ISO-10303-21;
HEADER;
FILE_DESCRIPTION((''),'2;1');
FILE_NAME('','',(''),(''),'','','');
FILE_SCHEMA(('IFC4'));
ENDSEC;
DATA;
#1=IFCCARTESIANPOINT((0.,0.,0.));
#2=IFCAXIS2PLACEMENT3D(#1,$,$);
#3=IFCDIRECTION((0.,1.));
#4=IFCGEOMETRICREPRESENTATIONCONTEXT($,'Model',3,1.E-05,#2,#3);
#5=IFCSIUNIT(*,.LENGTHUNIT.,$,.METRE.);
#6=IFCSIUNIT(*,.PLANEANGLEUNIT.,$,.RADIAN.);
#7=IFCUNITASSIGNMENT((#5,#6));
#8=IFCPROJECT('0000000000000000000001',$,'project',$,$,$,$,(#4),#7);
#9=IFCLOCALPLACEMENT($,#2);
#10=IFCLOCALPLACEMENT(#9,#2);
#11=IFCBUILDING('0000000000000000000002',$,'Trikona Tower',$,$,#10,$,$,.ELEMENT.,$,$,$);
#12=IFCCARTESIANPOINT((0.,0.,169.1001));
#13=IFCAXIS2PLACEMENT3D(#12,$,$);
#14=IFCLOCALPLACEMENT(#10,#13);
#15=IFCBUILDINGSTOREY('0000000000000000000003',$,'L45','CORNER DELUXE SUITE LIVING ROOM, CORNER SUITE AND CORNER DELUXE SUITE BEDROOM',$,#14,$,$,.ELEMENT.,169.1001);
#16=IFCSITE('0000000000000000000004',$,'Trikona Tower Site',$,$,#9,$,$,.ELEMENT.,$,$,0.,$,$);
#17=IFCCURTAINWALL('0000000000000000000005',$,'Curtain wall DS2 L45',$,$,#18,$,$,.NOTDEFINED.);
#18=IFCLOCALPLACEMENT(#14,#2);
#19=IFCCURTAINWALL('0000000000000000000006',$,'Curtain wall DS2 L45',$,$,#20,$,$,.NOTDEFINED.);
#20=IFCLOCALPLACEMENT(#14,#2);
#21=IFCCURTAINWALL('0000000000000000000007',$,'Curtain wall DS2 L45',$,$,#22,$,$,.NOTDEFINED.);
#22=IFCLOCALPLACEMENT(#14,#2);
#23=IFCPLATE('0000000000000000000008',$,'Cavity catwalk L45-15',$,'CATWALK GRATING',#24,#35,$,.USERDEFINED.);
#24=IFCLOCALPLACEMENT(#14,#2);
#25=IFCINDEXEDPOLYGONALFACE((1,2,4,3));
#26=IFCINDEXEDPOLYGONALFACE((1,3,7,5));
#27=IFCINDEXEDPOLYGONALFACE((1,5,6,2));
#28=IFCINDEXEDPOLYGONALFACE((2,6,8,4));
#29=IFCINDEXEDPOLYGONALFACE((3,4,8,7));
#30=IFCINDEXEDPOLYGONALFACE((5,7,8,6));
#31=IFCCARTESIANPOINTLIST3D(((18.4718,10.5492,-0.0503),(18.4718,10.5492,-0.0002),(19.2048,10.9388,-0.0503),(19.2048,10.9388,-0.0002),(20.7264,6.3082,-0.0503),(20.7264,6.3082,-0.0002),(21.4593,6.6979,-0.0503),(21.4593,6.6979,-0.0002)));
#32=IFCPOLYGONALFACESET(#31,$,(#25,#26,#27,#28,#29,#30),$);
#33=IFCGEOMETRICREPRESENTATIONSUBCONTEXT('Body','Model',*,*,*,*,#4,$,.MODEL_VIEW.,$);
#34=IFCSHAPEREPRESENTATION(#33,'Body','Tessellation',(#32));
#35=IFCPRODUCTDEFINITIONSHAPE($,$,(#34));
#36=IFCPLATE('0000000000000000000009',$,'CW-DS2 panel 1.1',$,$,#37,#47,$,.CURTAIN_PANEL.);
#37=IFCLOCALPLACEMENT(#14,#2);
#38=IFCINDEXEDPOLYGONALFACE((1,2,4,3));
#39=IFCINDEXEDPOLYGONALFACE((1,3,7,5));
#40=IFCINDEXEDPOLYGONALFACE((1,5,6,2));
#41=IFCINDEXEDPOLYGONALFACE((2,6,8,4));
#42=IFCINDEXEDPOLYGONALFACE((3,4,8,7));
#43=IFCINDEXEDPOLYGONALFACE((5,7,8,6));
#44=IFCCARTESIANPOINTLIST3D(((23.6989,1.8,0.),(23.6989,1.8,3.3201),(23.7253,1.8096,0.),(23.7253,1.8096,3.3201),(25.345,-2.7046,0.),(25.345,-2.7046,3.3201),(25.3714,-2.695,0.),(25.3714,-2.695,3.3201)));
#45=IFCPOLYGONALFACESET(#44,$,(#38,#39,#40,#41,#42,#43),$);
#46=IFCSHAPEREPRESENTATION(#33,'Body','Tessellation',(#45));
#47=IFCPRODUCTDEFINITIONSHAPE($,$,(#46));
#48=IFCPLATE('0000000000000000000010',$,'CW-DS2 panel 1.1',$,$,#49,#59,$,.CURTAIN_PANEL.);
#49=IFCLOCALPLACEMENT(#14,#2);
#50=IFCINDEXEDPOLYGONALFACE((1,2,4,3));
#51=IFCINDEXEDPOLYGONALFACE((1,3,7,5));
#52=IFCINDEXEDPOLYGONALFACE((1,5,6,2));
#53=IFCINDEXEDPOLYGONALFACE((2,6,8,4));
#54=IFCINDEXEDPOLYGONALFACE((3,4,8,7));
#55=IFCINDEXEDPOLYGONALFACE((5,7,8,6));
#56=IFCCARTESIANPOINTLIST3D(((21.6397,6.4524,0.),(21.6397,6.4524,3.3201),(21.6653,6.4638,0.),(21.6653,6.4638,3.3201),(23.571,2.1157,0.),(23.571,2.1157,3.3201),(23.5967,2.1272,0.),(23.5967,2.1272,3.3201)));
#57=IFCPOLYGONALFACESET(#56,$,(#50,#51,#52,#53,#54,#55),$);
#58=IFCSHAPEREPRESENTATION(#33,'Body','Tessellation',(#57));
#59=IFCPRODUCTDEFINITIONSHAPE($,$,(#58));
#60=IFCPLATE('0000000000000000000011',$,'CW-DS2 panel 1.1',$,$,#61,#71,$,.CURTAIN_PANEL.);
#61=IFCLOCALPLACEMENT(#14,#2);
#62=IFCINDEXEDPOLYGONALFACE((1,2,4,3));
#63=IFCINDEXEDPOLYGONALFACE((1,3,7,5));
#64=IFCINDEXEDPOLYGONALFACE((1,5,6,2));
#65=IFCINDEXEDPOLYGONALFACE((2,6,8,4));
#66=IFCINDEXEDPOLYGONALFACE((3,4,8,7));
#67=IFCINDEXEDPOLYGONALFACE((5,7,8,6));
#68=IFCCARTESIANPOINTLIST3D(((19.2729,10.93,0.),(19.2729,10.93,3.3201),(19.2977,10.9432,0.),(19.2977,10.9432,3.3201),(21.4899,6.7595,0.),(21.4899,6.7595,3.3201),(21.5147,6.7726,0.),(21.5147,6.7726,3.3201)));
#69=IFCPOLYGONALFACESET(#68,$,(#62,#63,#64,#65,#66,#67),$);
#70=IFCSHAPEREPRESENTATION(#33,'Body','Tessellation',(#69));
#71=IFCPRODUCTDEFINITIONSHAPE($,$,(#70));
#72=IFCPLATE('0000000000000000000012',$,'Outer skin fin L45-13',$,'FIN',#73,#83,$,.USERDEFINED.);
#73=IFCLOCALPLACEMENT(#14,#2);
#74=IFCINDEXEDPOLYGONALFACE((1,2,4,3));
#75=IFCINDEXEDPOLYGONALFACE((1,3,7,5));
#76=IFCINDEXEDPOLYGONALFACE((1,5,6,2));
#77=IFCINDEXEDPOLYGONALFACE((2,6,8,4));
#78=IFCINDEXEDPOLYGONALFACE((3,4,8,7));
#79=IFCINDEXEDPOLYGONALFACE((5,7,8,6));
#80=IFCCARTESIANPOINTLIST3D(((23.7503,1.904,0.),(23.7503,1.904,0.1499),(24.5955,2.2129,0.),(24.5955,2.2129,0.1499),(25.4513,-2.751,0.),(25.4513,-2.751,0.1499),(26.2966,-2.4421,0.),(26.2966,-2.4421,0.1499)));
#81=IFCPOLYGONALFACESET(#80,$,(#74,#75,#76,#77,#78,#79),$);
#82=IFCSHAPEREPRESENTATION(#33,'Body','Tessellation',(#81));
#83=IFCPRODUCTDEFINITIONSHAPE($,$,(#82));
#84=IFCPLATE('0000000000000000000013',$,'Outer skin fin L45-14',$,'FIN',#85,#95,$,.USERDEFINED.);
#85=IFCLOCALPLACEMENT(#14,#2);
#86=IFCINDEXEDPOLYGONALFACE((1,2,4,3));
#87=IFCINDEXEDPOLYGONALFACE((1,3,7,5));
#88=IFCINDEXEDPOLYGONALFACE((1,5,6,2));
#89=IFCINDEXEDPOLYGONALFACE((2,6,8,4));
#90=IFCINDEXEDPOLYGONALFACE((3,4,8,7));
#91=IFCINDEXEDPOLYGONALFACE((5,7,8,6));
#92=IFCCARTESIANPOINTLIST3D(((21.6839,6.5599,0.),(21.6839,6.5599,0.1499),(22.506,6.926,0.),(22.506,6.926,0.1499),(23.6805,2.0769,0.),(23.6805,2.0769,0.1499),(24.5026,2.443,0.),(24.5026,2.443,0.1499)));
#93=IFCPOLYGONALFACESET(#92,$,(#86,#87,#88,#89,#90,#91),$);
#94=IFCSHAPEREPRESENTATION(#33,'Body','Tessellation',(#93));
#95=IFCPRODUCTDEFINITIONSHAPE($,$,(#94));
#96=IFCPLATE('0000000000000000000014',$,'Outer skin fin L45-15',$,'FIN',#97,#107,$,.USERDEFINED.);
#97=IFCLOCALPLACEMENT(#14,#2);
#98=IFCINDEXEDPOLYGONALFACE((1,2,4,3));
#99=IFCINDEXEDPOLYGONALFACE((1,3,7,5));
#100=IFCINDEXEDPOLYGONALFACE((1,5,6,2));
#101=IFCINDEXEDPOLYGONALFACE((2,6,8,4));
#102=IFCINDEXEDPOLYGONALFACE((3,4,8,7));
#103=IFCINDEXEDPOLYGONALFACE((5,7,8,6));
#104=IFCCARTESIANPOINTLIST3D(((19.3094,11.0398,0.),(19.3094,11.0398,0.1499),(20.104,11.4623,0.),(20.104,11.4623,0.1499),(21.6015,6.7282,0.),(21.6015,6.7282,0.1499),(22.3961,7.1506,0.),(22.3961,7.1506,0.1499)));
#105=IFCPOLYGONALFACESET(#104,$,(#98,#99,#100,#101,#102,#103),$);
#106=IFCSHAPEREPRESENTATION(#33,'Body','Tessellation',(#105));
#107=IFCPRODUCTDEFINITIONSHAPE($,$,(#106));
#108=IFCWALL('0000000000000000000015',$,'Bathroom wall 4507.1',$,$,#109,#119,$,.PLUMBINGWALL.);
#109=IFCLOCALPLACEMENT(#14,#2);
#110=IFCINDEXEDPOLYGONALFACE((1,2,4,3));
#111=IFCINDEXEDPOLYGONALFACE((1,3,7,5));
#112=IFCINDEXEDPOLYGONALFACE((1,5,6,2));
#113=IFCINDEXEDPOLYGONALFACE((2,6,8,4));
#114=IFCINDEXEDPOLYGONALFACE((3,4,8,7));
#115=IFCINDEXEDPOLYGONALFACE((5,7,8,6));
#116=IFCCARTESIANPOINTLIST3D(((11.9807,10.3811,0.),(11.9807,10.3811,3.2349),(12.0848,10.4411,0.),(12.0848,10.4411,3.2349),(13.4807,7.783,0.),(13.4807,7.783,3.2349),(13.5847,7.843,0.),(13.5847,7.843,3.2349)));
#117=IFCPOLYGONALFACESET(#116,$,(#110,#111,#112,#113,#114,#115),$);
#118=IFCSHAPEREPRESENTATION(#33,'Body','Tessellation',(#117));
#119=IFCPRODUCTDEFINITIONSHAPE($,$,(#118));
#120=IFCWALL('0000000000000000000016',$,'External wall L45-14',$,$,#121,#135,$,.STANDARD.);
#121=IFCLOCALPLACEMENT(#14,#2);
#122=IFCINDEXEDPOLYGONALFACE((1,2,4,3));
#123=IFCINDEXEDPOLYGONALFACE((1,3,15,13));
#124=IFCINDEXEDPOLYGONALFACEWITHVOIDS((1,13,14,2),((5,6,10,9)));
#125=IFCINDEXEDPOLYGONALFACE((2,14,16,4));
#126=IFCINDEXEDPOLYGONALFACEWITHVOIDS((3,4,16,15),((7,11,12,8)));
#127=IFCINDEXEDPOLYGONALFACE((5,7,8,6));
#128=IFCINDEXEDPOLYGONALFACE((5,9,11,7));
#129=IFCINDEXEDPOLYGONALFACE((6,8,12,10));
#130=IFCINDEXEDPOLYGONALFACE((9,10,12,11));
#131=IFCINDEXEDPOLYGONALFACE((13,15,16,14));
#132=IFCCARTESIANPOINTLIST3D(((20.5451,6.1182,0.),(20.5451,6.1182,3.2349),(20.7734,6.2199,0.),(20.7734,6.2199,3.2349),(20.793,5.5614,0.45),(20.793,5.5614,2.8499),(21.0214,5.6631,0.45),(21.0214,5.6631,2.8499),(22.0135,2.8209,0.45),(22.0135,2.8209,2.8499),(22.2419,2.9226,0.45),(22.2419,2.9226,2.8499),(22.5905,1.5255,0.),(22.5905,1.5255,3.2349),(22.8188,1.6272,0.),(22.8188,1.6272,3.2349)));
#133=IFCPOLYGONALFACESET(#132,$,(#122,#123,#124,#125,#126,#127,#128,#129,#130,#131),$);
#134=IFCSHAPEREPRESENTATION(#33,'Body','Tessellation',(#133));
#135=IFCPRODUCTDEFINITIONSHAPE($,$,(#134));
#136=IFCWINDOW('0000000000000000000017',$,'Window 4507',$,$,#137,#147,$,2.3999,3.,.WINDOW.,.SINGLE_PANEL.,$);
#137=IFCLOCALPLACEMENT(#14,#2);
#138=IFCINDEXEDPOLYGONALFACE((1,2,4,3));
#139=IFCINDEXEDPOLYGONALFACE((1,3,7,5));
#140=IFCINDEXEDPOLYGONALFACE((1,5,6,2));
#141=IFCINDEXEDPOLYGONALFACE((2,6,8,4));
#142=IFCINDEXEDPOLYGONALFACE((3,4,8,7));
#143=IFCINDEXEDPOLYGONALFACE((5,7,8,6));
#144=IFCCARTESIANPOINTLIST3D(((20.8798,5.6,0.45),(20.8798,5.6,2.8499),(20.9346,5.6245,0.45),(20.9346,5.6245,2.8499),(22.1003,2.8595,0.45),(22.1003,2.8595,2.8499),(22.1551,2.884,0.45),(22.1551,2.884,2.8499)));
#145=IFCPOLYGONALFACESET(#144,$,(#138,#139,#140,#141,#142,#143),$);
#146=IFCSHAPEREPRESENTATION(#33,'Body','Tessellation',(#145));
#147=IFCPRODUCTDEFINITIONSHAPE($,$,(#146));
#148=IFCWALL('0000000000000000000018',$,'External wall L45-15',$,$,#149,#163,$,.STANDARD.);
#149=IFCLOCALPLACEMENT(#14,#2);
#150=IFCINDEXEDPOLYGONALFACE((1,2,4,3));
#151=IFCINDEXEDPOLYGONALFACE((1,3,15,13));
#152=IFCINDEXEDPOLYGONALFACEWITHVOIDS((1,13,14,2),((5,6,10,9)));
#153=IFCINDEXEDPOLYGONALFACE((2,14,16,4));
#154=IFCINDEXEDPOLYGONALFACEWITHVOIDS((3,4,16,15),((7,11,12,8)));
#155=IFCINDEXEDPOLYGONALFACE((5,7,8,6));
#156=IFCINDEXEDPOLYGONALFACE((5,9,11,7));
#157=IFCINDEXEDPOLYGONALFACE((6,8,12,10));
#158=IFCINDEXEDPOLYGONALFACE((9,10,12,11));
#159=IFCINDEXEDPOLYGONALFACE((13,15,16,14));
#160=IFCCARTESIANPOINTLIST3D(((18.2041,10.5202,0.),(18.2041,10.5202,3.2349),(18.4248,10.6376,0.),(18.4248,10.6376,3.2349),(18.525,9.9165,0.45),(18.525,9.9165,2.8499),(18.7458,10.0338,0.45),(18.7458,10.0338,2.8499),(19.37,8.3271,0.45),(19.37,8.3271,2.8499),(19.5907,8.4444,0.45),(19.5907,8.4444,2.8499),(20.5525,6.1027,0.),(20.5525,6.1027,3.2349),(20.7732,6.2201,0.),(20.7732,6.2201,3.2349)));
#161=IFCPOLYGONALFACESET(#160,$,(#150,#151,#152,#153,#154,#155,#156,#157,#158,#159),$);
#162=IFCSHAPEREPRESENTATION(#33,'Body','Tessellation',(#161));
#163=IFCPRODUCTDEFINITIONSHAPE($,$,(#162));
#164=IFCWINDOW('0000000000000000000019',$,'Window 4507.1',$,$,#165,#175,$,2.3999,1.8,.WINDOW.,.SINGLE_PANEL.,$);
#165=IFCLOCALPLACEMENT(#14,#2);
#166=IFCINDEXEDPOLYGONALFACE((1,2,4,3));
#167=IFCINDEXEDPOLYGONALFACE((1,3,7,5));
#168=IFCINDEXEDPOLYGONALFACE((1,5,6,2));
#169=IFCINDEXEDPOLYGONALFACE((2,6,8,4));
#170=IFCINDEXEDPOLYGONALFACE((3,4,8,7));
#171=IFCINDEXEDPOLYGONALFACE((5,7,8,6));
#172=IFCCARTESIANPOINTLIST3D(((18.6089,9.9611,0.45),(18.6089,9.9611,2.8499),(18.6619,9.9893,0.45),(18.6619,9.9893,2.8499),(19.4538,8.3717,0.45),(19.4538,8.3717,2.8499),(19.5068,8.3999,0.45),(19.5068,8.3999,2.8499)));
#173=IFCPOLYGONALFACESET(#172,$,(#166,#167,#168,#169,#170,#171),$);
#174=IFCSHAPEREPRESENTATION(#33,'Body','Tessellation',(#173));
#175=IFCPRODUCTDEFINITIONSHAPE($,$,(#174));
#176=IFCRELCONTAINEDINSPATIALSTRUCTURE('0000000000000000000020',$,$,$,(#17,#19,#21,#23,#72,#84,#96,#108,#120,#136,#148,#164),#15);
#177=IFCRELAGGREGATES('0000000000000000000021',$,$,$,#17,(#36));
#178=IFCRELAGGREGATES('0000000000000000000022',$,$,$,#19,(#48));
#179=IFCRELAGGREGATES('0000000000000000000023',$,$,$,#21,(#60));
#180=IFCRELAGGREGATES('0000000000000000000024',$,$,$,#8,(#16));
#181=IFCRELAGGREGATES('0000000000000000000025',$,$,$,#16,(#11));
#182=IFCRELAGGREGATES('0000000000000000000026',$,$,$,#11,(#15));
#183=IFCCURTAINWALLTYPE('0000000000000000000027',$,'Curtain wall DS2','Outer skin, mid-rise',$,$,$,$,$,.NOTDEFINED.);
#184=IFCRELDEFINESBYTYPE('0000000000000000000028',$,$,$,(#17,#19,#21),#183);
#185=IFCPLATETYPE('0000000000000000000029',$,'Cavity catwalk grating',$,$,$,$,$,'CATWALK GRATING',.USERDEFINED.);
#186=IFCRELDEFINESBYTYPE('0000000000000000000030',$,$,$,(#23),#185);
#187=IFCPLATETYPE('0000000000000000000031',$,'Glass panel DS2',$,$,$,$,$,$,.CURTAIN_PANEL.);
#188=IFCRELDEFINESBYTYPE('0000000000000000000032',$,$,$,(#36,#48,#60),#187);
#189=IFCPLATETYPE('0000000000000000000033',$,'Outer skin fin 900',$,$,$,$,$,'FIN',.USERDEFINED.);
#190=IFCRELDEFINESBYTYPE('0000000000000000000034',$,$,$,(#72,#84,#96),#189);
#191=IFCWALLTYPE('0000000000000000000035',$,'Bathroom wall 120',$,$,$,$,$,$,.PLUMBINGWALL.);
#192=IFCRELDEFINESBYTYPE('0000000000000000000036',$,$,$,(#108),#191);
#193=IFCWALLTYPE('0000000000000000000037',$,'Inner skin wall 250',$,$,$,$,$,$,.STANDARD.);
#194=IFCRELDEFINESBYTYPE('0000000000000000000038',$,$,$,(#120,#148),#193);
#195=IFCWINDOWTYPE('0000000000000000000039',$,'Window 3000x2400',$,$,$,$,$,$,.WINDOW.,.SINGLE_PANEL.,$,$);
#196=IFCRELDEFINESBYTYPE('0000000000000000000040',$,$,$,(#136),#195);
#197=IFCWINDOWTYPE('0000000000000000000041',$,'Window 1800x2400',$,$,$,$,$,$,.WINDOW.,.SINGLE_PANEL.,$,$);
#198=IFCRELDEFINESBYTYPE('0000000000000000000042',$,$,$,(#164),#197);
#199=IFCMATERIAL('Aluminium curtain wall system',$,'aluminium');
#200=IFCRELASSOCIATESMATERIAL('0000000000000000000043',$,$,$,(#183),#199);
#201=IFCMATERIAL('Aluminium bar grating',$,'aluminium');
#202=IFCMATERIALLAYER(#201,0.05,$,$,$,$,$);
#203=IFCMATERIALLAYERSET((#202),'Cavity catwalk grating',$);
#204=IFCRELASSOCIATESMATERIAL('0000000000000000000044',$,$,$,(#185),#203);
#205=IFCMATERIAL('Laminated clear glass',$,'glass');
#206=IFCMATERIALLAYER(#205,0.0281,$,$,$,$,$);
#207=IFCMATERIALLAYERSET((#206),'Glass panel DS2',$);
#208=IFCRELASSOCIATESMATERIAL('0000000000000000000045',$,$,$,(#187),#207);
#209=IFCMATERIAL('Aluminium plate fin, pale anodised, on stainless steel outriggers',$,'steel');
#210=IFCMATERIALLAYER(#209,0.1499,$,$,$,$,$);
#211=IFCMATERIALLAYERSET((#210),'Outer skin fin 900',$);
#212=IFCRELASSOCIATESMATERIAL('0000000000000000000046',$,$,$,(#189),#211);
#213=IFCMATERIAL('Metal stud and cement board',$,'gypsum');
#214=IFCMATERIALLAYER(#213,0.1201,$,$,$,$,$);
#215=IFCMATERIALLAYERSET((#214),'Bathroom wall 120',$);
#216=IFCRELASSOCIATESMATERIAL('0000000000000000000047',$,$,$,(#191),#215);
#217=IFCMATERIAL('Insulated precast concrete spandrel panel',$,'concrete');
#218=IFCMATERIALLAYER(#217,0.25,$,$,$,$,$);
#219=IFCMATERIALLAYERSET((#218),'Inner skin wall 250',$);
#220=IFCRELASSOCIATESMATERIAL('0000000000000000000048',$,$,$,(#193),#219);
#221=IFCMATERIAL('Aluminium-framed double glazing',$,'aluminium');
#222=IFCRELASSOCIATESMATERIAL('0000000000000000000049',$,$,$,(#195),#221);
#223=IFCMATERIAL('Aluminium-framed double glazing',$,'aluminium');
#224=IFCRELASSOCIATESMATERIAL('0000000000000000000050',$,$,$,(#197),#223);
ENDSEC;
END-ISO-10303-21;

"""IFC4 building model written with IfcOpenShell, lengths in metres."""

from ifc_helpers import new_model, si_unit, direction, frame, frame_2d, origin, origin_2d, place, context, subcontext, project, spatial, rectangle, extrude, material, layer, layer_set, type_object, element, fill, aggregate, save


model = new_model("IFC4")

# Units and contexts
model_context = context("Model", 3, precision=1e-05, world=origin(), true_north=direction((0.0, 1.0)))
body_context = subcontext(model_context, "Body", "Model", "MODEL_VIEW")
ifc_project = project(units=[si_unit("LENGTHUNIT", "METRE"), si_unit("PLANEANGLEUNIT", "RADIAN")], contexts=[model_context])

# Site, building, storey
site_placement = place(None, origin())
site = spatial("IfcSite", under=ifc_project, at=site_placement, Name="Trikona Tower Site", CompositionType="ELEMENT", RefElevation=0.0)
building_placement = place(site_placement, origin())
building = spatial("IfcBuilding", under=site, at=building_placement, Name="Trikona Tower", CompositionType="ELEMENT")
storey_placement = place(building_placement, frame((0.0, 0.0, 169.1001)))
storey = spatial("IfcBuildingStorey", under=building, at=storey_placement, Name="L45", Description="CORNER DELUXE SUITE LIVING ROOM, CORNER SUITE AND CORNER DELUXE SUITE BEDROOM", CompositionType="ELEMENT", Elevation=169.1001)

# Curtain wall
ifc_material_1 = material(Name="Aluminium curtain wall system", Category="aluminium")
curtain_wall_type = type_object("IfcCurtainWallType", Name="Curtain wall DS2", Description="Outer skin, mid-rise", PredefinedType="NOTDEFINED", material=ifc_material_1)
curtain_wall_1_placement = place(storey_placement, origin())
curtain_wall_1 = element("IfcCurtainWall", 1, at=curtain_wall_1_placement, inside=storey, type_object=curtain_wall_type, Name="Curtain wall DS2 L45", PredefinedType="NOTDEFINED")

# Curtain wall
curtain_wall_2_placement = place(storey_placement, origin())
curtain_wall_2 = element("IfcCurtainWall", 2, at=curtain_wall_2_placement, inside=storey, type_object=curtain_wall_type, Name="Curtain wall DS2 L45", PredefinedType="NOTDEFINED")

# Curtain wall
curtain_wall_3_placement = place(storey_placement, origin())
curtain_wall_3 = element("IfcCurtainWall", 3, at=curtain_wall_3_placement, inside=storey, type_object=curtain_wall_type, Name="Curtain wall DS2 L45", PredefinedType="NOTDEFINED")

# Plate
ifc_material_2 = material(Name="Aluminium bar grating", Category="aluminium")
ifc_layer_1 = layer(ifc_material_2, 0.05)
ifc_layer_set_1 = layer_set([ifc_layer_1], Name="Cavity catwalk grating")
plate_type_1 = type_object("IfcPlateType", Name="Cavity catwalk grating", ElementType="CATWALK GRATING", PredefinedType="USERDEFINED", material=ifc_layer_set_1)
plate_1_placement = place(storey_placement, frame((19.9656, 8.6235, -0.0503), z_axis=(0.0, 0.0, 1.0), x_axis=(-0.469398, 0.882987, 0.0)))
element("IfcPlate", 4, at=plate_1_placement, inside=storey, type_object=plate_type_1, Name="Cavity catwalk L45-15", ObjectType="CATWALK GRATING", PredefinedType="USERDEFINED", context=body_context, shape_type="SweptSolid", body=[
    extrude(rectangle(XDim=4.803, YDim=0.8301, at=origin_2d()), origin(), (0.0, 0.0, 1.0), 0.05),
])

# Plates
ifc_material_3 = material(Name="Laminated clear glass", Category="glass")
ifc_layer_2 = layer(ifc_material_3, 0.0281)
ifc_layer_set_2 = layer_set([ifc_layer_2], Name="Glass panel DS2")
plate_type_2 = type_object("IfcPlateType", Name="Glass panel DS2", PredefinedType="CURTAIN_PANEL", material=ifc_layer_set_2)
plate_2_placement = place(storey_placement, frame((24.5352, -0.4475, 0.0), z_axis=(0.0, 0.0, 1.0), x_axis=(-0.343223, 0.939254, 0.0)))
plate_2 = element("IfcPlate", 5, at=plate_2_placement, type_object=plate_type_2, Name="CW-DS2 panel 1.1", PredefinedType="CURTAIN_PANEL", context=body_context, shape_type="SweptSolid", body=[
    extrude(rectangle(XDim=4.7959, YDim=0.0281, at=origin_2d()), origin(), (0.0, 0.0, 1.0), 3.3201),
])
aggregate(curtain_wall_1, [plate_2])
plate_3_placement = place(storey_placement, frame((22.6182, 4.2898, 0.0), z_axis=(0.0, 0.0, 1.0), x_axis=(-0.406836, 0.913501, 0.0)))
plate_3 = element("IfcPlate", 6, at=plate_3_placement, type_object=plate_type_2, Name="CW-DS2 panel 1.1", PredefinedType="CURTAIN_PANEL", context=body_context, shape_type="SweptSolid", body=[
    extrude(rectangle(XDim=4.7473, YDim=0.0281, at=origin_2d()), origin(), (0.0, 0.0, 1.0), 3.3201),
])
aggregate(curtain_wall_2, [plate_3])
plate_4_placement = place(storey_placement, frame((20.3938, 8.8513, 0.0), z_axis=(0.0, 0.0, 1.0), x_axis=(-0.46938, 0.882996, 0.0)))
plate_4 = element("IfcPlate", 7, at=plate_4_placement, type_object=plate_type_2, Name="CW-DS2 panel 1.1", PredefinedType="CURTAIN_PANEL", context=body_context, shape_type="SweptSolid", body=[
    extrude(rectangle(XDim=4.7231, YDim=0.0281, at=origin_2d()), origin(), (0.0, 0.0, 1.0), 3.3201),
])
aggregate(curtain_wall_3, [plate_4])

# Plates
ifc_material_4 = material(Name="Aluminium plate fin, pale anodised, on stainless steel outriggers", Category="steel")
ifc_layer_3 = layer(ifc_material_4, 0.1499)
ifc_layer_set_3 = layer_set([ifc_layer_3], Name="Outer skin fin 900")
plate_type_3 = type_object("IfcPlateType", Name="Outer skin fin 900", ElementType="FIN", PredefinedType="USERDEFINED", material=ifc_layer_set_3)
plate_5_placement = place(storey_placement, frame((25.0234, -0.269, 0.0), z_axis=(0.0, 0.0, 1.0), x_axis=(-0.34322, 0.939255, 0.0)))
element("IfcPlate", 8, at=plate_5_placement, inside=storey, type_object=plate_type_3, Name="Outer skin fin L45-13", ObjectType="FIN", PredefinedType="USERDEFINED", context=body_context, shape_type="SweptSolid", body=[
    extrude(rectangle(XDim=4.9561, YDim=0.8999, at=origin_2d()), origin(), (0.0, 0.0, 1.0), 0.1499),
])
plate_6_placement = place(storey_placement, frame((23.0933, 4.5015, 0.0), z_axis=(0.0, 0.0, 1.0), x_axis=(-0.406843, 0.913498, 0.0)))
element("IfcPlate", 9, at=plate_6_placement, inside=storey, type_object=plate_type_3, Name="Outer skin fin L45-14", ObjectType="FIN", PredefinedType="USERDEFINED", context=body_context, shape_type="SweptSolid", body=[
    extrude(rectangle(XDim=4.9075, YDim=0.8999, at=origin_2d()), origin(), (0.0, 0.0, 1.0), 0.1499),
])
plate_7_placement = place(storey_placement, frame((20.8528, 9.0952, 0.0), z_axis=(0.0, 0.0, 1.0), x_axis=(-0.469398, 0.882987, 0.0)))
element("IfcPlate", 10, at=plate_7_placement, inside=storey, type_object=plate_type_3, Name="Outer skin fin L45-15", ObjectType="FIN", PredefinedType="USERDEFINED", context=body_context, shape_type="SweptSolid", body=[
    extrude(rectangle(XDim=4.8831, YDim=0.8999, at=origin_2d()), origin(), (0.0, 0.0, 1.0), 0.1499),
])

# Wall
ifc_material_5 = material(Name="Metal stud and cement board", Category="gypsum")
ifc_layer_4 = layer(ifc_material_5, 0.1201)
ifc_layer_set_4 = layer_set([ifc_layer_4], Name="Bathroom wall 120")
wall_type_1 = type_object("IfcWallType", Name="Bathroom wall 120", PredefinedType="PLUMBINGWALL", material=ifc_layer_set_4)
wall_1_placement = place(storey_placement, frame((13.5327, 7.813, 0.0), z_axis=(0.0, 0.0, 1.0), x_axis=(-0.49999, 0.866031, 0.0)))
element("IfcWall", 11, at=wall_1_placement, inside=storey, type_object=wall_type_1, Name="Bathroom wall 4507.1", PredefinedType="PLUMBINGWALL", context=body_context, shape_type="SweptSolid", body=[
    extrude(rectangle(XDim=3.0, YDim=0.1201, at=frame_2d((1.5, 0.0))), origin(), (0.0, 0.0, 1.0), 3.2349),
])

# Walls, openings, windows
ifc_material_6 = material(Name="Insulated precast concrete spandrel panel", Category="concrete")
ifc_layer_5 = layer(ifc_material_6, 0.25)
ifc_layer_set_5 = layer_set([ifc_layer_5], Name="Inner skin wall 250")
wall_type_2 = type_object("IfcWallType", Name="Inner skin wall 250", PredefinedType="STANDARD", material=ifc_layer_set_5)
wall_2_placement = place(storey_placement, frame((22.7046, 1.5764, 0.0), z_axis=(0.0, 0.0, 1.0), x_axis=(-0.406832, 0.913503, 0.0)))
wall_2 = element("IfcWall", 12, at=wall_2_placement, inside=storey, type_object=wall_type_2, Name="External wall L45-14", PredefinedType="STANDARD", context=body_context, shape_type="SweptSolid", body=[
    extrude(rectangle(XDim=5.0276, YDim=0.25, at=frame_2d((2.5137, 0.0))), origin(), (0.0, 0.0, 1.0), 3.2349),
])
opening_1_placement = place(wall_2_placement, frame((1.418, 0.0, 0.45)))
opening_1 = element("IfcOpeningElement", 13, at=opening_1_placement, cuts=wall_2, PredefinedType="OPENING", context=body_context, shape_type="SweptSolid", body=[
    extrude(rectangle(XDim=3.0, YDim=2.3999, at=frame_2d((1.5, 1.2))), frame((0.0, 0.135, 0.0), z_axis=(0.0, -1.0, 0.0), x_axis=(1.0, 0.0, 0.0)), (0.0, 0.0, 1.0), 0.27),
])
ifc_material_7 = material(Name="Aluminium-framed double glazing", Category="aluminium")
window_type_1 = type_object("IfcWindowType", Name="Window 3000x2400", PartitioningType="SINGLE_PANEL", PredefinedType="WINDOW", material=ifc_material_7)
window_1_placement = place(opening_1_placement, origin())
window_1 = element("IfcWindow", 14, at=window_1_placement, inside=storey, type_object=window_type_1, Name="Window 4507", OverallHeight=2.3999, OverallWidth=3.0, PartitioningType="SINGLE_PANEL", PredefinedType="WINDOW", context=body_context, shape_type="SweptSolid", body=[
    extrude(rectangle(XDim=3.0, YDim=2.3999, at=frame_2d((1.5, 1.2))), frame((0.0, 0.03, 0.0), z_axis=(0.0, -1.0, 0.0), x_axis=(1.0, 0.0, 0.0)), (0.0, 0.0, 1.0), 0.0601),
])
fill(opening_1, window_1)
wall_3_placement = place(storey_placement, frame((20.6628, 6.1614, 0.0), z_axis=(0.0, 0.0, 1.0), x_axis=(-0.469405, 0.882983, 0.0)))
wall_3 = element("IfcWall", 15, at=wall_3_placement, inside=storey, type_object=wall_type_2, Name="External wall L45-15", PredefinedType="STANDARD", context=body_context, shape_type="SweptSolid", body=[
    extrude(rectangle(XDim=5.0029, YDim=0.25, at=frame_2d((2.5015, 0.0))), origin(), (0.0, 0.0, 1.0), 3.2349),
])
opening_2_placement = place(wall_3_placement, frame((2.5193, 0.0, 0.45)))
opening_2 = element("IfcOpeningElement", 16, at=opening_2_placement, cuts=wall_3, PredefinedType="OPENING", context=body_context, shape_type="SweptSolid", body=[
    extrude(rectangle(XDim=1.8, YDim=2.3999, at=frame_2d((0.8999, 1.2))), frame((0.0, 0.135, 0.0), z_axis=(0.0, -1.0, 0.0), x_axis=(1.0, 0.0, 0.0)), (0.0, 0.0, 1.0), 0.27),
])
ifc_material_8 = material(Name="Aluminium-framed double glazing", Category="aluminium")
window_type_2 = type_object("IfcWindowType", Name="Window 1800x2400", PartitioningType="SINGLE_PANEL", PredefinedType="WINDOW", material=ifc_material_8)
window_2_placement = place(opening_2_placement, origin())
window_2 = element("IfcWindow", 17, at=window_2_placement, inside=storey, type_object=window_type_2, Name="Window 4507.1", OverallHeight=2.3999, OverallWidth=1.8, PartitioningType="SINGLE_PANEL", PredefinedType="WINDOW", context=body_context, shape_type="SweptSolid", body=[
    extrude(rectangle(XDim=1.8, YDim=2.3999, at=frame_2d((0.8999, 1.2))), frame((0.0, 0.03, 0.0), z_axis=(0.0, -1.0, 0.0), x_axis=(1.0, 0.0, 0.0)), (0.0, 0.0, 1.0), 0.0601),
])
fill(opening_2, window_2)

save(model, "model.ifc")
